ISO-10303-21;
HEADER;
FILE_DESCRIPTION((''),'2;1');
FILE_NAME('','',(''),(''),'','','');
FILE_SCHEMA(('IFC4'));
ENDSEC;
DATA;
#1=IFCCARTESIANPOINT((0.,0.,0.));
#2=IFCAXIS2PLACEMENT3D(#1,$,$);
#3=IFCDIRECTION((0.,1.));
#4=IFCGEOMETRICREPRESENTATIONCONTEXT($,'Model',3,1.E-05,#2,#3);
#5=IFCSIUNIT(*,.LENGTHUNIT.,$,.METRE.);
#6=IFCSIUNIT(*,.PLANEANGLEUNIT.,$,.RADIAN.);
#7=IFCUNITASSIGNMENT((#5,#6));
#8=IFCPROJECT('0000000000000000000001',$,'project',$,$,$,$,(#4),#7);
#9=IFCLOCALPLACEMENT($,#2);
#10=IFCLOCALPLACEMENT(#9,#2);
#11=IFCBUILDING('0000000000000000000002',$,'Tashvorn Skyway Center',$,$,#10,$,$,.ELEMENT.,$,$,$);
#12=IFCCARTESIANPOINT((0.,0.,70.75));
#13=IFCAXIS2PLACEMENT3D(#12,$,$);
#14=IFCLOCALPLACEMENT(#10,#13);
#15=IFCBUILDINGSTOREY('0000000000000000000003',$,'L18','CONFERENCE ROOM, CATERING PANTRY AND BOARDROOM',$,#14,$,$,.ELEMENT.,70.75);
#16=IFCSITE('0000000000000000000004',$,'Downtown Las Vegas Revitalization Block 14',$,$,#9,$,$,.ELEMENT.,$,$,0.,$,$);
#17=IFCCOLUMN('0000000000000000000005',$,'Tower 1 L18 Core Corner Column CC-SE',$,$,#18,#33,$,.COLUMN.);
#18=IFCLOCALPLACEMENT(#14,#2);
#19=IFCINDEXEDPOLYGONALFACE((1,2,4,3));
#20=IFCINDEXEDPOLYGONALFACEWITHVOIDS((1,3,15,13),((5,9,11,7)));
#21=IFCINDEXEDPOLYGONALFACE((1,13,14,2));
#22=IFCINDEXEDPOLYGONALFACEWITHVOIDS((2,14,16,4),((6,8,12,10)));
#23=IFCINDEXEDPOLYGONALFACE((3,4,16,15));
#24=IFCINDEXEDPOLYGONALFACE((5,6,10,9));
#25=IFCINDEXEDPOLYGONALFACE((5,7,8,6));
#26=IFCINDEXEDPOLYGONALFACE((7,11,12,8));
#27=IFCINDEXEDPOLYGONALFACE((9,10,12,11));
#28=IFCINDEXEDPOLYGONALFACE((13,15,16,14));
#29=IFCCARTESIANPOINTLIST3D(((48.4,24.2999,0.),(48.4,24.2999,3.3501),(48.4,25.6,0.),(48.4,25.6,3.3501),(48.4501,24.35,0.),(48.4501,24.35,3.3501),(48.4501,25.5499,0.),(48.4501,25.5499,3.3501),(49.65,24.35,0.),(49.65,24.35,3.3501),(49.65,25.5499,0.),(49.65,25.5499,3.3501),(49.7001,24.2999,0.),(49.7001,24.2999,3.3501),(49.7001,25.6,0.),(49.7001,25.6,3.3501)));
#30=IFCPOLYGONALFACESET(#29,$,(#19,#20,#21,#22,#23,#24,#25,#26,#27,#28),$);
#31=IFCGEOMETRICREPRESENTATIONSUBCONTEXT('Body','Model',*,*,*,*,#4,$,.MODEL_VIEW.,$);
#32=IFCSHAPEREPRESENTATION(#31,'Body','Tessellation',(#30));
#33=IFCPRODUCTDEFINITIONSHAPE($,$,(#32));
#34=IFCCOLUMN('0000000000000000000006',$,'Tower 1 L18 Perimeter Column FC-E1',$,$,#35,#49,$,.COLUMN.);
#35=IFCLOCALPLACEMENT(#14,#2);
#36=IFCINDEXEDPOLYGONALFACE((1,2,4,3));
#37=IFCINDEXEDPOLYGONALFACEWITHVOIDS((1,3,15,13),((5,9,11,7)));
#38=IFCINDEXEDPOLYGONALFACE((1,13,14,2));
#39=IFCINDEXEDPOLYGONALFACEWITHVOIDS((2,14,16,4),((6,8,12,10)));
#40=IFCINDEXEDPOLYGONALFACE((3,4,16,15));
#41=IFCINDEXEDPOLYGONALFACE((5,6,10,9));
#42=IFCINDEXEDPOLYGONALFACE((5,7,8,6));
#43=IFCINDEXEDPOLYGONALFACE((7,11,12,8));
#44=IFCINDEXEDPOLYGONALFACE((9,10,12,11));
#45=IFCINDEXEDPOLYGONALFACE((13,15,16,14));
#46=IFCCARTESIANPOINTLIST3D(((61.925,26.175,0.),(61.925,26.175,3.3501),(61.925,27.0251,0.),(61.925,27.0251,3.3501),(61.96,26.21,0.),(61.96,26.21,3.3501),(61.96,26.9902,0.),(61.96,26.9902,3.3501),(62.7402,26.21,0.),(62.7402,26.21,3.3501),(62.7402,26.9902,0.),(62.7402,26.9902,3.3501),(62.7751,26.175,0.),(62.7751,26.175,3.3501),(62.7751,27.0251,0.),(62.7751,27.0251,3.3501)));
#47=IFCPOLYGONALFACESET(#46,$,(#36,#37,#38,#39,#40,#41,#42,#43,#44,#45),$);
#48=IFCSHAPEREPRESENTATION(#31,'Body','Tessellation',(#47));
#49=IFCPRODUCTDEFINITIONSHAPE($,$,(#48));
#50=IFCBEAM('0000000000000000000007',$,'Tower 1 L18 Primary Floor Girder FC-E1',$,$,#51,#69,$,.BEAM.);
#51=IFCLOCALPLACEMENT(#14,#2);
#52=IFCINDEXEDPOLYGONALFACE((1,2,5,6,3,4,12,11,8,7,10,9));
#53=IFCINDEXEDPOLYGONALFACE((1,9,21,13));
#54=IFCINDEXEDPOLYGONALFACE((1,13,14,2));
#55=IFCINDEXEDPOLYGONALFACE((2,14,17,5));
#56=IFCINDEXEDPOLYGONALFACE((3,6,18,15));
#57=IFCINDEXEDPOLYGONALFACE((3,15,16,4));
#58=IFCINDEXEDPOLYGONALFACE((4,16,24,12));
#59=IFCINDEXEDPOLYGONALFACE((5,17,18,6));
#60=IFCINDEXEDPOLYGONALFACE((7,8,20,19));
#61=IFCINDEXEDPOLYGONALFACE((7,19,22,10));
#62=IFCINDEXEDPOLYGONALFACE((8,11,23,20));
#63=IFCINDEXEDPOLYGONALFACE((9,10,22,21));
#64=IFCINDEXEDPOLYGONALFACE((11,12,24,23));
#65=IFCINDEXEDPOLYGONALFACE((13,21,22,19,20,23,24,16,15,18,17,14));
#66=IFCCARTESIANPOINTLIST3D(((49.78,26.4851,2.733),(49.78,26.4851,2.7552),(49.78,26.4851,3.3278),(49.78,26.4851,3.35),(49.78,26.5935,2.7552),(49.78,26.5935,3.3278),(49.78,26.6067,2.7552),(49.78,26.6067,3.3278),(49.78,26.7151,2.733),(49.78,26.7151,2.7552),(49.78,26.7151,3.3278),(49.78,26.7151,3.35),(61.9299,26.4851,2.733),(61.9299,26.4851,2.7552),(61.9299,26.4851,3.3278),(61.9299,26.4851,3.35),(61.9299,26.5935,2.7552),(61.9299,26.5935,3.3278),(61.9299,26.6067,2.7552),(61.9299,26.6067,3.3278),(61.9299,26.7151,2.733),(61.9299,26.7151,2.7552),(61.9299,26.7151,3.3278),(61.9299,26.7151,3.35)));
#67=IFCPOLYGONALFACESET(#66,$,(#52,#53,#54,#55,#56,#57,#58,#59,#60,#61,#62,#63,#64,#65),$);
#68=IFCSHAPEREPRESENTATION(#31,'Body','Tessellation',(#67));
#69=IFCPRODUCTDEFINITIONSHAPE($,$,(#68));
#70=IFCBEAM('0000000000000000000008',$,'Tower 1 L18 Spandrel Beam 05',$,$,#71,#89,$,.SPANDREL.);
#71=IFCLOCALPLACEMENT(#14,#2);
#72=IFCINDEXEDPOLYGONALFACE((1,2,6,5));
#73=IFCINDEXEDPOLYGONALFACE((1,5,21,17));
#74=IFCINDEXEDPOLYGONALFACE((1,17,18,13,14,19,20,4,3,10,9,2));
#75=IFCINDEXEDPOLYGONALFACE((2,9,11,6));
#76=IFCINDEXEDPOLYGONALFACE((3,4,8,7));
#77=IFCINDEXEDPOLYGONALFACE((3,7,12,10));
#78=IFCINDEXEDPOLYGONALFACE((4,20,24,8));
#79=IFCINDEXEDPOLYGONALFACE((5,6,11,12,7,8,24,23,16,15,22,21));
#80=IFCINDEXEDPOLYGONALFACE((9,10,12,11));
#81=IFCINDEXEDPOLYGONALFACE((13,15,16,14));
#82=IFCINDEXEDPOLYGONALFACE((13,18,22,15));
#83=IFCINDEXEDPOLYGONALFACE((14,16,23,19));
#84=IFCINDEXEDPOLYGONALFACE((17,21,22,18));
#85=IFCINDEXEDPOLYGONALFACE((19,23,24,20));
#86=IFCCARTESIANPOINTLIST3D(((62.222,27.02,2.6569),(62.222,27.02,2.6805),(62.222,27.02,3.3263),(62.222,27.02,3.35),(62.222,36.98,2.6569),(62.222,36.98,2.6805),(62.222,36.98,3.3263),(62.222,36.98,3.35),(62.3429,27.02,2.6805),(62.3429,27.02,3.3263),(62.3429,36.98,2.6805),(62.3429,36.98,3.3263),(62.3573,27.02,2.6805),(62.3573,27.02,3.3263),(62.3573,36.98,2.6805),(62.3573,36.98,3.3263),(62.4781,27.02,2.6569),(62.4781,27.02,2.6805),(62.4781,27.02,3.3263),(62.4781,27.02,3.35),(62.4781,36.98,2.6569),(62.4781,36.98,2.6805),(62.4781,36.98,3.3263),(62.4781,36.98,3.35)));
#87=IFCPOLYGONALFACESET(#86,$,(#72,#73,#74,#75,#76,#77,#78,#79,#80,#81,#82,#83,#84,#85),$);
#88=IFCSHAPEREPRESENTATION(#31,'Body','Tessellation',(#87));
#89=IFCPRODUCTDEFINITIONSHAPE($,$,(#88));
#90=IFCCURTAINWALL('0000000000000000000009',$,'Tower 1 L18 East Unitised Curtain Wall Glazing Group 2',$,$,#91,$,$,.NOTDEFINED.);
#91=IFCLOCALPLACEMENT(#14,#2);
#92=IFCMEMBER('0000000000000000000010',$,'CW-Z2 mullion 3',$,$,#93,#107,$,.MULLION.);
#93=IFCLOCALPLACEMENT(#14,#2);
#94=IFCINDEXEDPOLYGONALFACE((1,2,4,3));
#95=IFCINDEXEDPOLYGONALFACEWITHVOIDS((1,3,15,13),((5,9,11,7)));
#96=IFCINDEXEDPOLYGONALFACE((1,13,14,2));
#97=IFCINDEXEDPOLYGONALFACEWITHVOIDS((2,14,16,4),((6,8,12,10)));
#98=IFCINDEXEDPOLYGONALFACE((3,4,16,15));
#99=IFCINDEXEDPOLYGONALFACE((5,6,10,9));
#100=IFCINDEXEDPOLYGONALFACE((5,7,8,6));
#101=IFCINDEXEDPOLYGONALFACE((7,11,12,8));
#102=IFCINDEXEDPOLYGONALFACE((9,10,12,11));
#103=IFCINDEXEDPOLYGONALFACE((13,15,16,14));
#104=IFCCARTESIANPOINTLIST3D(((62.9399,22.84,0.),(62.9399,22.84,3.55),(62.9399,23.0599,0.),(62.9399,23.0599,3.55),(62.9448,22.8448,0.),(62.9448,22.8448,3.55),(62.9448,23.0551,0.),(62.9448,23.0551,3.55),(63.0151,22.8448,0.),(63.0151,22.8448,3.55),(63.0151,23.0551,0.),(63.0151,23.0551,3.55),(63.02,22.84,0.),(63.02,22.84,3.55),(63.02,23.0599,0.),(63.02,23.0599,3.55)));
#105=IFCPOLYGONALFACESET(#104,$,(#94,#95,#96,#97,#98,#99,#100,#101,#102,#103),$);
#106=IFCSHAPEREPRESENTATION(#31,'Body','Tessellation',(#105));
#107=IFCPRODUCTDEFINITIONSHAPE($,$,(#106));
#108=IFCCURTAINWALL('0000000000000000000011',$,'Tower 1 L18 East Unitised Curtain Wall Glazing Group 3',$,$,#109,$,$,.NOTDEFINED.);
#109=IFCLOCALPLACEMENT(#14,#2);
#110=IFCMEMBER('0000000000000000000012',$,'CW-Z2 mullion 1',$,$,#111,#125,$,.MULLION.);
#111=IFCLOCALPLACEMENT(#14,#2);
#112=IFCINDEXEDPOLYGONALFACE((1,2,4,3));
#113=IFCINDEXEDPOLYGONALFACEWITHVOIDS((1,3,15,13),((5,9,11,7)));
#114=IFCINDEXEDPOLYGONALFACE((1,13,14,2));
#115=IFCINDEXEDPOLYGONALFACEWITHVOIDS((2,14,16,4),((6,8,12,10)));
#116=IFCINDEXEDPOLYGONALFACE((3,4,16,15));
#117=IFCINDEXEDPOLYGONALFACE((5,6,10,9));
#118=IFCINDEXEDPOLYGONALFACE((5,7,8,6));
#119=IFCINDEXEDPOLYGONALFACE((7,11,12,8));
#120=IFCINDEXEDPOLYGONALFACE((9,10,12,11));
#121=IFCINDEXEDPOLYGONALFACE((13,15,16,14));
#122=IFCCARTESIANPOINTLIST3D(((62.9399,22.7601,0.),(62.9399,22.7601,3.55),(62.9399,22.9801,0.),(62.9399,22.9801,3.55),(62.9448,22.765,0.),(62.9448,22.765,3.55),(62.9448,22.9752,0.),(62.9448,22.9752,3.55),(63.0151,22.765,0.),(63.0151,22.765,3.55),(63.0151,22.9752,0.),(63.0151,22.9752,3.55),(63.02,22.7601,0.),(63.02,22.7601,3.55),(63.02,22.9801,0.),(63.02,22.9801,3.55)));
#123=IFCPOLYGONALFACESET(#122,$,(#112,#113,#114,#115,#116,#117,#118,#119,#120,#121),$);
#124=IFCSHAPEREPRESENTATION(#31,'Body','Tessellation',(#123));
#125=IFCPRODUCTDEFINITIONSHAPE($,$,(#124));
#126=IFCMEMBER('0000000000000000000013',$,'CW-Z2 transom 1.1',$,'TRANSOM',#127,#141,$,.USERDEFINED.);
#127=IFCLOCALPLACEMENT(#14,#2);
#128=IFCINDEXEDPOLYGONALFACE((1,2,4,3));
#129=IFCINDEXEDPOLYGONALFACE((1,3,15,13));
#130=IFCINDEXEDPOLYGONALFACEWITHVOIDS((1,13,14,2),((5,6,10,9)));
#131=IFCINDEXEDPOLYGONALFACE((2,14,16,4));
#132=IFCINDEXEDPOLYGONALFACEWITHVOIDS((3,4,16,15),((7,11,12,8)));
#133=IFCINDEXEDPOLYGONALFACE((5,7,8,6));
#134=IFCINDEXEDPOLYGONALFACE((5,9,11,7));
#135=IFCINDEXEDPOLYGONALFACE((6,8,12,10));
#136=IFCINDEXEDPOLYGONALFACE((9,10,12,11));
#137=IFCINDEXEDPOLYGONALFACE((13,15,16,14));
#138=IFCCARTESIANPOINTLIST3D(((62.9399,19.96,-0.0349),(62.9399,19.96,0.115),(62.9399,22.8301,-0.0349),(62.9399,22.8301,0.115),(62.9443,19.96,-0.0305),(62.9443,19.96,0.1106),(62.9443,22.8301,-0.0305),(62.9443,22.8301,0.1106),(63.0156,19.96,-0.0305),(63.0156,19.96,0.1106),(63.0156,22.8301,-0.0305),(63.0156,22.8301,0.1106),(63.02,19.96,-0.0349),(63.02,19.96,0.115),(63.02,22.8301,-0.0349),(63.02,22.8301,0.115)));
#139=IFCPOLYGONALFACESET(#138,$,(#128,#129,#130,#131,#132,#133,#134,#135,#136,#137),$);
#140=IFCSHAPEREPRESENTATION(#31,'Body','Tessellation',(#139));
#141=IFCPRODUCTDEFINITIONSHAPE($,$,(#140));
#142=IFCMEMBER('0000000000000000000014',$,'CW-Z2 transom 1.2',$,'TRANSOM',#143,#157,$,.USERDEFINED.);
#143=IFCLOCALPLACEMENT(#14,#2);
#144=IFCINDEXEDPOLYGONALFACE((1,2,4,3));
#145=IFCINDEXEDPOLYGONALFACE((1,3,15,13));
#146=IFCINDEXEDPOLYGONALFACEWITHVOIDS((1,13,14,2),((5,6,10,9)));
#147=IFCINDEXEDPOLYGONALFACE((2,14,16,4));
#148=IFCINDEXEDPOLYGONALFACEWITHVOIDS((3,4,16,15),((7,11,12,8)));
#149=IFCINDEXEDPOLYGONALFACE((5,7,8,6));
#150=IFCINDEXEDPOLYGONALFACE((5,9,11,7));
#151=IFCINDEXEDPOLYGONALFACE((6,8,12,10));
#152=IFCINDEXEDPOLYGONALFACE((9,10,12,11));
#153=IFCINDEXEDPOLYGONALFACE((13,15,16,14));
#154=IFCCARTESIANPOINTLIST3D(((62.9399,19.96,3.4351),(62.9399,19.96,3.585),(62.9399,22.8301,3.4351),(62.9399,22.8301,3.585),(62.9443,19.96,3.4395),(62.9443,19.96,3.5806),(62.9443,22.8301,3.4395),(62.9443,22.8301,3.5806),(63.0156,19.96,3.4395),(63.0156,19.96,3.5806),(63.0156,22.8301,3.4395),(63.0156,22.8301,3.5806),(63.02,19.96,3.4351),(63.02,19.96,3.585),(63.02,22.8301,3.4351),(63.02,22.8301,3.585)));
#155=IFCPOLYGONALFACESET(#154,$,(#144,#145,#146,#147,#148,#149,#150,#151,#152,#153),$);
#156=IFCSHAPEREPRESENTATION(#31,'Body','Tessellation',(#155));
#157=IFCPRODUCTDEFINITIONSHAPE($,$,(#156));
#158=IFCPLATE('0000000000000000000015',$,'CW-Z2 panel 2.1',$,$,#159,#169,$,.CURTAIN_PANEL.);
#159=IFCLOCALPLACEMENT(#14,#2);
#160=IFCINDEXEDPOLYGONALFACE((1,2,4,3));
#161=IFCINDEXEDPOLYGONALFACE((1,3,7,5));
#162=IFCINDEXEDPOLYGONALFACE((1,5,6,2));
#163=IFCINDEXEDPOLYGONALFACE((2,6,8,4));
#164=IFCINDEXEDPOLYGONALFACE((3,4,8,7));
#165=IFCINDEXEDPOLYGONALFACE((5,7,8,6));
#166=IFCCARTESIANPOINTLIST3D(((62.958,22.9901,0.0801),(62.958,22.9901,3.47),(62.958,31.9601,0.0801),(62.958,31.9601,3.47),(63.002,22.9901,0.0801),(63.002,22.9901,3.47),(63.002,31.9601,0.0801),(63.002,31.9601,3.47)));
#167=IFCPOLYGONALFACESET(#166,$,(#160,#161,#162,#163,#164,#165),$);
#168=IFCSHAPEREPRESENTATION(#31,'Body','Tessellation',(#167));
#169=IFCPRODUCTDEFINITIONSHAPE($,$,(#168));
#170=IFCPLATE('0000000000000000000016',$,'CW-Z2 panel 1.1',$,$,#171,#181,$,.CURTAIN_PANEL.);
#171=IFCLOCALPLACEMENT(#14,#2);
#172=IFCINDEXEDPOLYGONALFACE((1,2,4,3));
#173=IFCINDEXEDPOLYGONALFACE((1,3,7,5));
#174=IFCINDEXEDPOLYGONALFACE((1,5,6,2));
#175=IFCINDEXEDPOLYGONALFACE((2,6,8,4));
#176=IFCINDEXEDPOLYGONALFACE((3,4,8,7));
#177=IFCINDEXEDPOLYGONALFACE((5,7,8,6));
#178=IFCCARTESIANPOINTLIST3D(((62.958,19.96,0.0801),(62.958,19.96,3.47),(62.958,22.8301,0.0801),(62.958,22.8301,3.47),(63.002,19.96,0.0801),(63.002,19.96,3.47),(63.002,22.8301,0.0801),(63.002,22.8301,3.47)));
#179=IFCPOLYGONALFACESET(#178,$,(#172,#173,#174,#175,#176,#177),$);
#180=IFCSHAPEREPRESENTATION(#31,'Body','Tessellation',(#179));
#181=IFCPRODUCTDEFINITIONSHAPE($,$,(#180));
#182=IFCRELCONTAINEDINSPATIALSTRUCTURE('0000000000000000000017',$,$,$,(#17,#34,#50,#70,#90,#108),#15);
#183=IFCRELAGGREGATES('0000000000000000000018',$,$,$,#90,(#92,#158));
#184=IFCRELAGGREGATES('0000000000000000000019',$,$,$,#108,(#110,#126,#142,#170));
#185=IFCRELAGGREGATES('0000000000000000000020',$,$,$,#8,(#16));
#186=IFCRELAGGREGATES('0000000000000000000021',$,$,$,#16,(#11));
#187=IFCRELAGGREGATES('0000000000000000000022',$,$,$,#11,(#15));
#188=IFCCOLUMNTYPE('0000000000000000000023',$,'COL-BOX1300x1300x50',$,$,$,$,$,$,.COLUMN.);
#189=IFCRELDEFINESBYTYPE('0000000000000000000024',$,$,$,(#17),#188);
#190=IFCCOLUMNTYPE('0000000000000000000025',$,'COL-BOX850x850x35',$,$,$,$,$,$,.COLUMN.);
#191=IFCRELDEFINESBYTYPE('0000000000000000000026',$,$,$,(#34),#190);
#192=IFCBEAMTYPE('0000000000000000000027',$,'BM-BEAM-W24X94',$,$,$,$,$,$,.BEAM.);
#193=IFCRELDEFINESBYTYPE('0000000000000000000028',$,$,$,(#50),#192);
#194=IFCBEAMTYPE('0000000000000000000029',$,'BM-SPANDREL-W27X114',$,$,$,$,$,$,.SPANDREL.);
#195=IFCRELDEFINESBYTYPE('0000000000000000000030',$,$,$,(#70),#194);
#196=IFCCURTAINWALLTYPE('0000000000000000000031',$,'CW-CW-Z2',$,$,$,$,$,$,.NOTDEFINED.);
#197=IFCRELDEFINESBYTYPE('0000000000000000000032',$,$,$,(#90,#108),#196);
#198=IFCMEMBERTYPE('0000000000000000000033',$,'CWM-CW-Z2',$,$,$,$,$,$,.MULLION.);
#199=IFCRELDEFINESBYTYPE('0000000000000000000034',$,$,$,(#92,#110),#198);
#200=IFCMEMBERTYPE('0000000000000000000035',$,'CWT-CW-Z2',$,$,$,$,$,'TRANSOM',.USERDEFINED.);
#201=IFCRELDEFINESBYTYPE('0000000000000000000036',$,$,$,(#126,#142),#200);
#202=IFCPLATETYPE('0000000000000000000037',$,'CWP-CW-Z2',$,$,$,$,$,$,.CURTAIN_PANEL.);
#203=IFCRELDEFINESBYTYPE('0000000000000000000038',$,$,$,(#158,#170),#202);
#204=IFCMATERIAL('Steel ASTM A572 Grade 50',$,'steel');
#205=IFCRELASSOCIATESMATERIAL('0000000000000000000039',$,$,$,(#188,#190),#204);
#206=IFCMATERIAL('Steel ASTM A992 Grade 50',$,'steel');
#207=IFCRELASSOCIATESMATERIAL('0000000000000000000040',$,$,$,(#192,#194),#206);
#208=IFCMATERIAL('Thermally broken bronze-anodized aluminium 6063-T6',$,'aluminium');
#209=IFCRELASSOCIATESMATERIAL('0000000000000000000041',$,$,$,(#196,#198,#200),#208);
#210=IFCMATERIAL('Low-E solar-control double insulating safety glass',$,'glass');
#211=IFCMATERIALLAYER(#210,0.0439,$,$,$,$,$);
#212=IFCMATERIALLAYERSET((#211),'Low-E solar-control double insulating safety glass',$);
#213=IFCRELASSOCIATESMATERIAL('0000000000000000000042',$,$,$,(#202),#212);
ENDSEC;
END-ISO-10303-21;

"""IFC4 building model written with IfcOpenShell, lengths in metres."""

from ifc_helpers import new_model, si_unit, direction, frame, origin, origin_2d, place, context, subcontext, project, spatial, rectangle, hollow_rectangle, i_section, extrude, material, layer, layer_set, material_profile, profile_set, type_object, element, aggregate, save


model = new_model("IFC4")

# Units and contexts
model_context = context("Model", 3, precision=1e-05, world=origin(), true_north=direction((0.0, 1.0)))
body_context = subcontext(model_context, "Body", "Model", "MODEL_VIEW")
ifc_project = project(units=[si_unit("LENGTHUNIT", "METRE"), si_unit("PLANEANGLEUNIT", "RADIAN")], contexts=[model_context])

# Site, building, storey
site_placement = place(None, origin())
site = spatial("IfcSite", under=ifc_project, at=site_placement, Name="Downtown Las Vegas Revitalization Block 14", CompositionType="ELEMENT", RefElevation=0.0)
building_placement = place(site_placement, origin())
building = spatial("IfcBuilding", under=site, at=building_placement, Name="Tashvorn Skyway Center", CompositionType="ELEMENT")
storey_placement = place(building_placement, frame((0.0, 0.0, 70.75)))
storey = spatial("IfcBuildingStorey", under=building, at=storey_placement, Name="L18", Description="CONFERENCE ROOM, CATERING PANTRY AND BOARDROOM", CompositionType="ELEMENT", Elevation=70.75)

# Columns
ifc_material_1 = material(Name="Steel ASTM A572 Grade 50", Category="steel")
ifc_material_profile_1 = material_profile(ifc_material_1, hollow_rectangle(XDim=1.3, YDim=1.3, WallThickness=0.05, at=origin_2d()), Name="BOX1300x1300x50")
ifc_profile_set_1 = profile_set([ifc_material_profile_1], Name="Steel ASTM A572 Grade 50")
column_type_1 = type_object("IfcColumnType", Name="COL-BOX1300x1300x50", PredefinedType="COLUMN", material=ifc_profile_set_1)
column_1_placement = place(storey_placement, frame((49.05, 24.95, 0.0), z_axis=(0.0, 0.0, 1.0), x_axis=(1.0, 0.0, 0.0)))
element("IfcColumn", 1, at=column_1_placement, inside=storey, type_object=column_type_1, Name="Tower 1 L18 Core Corner Column CC-SE", PredefinedType="COLUMN", context=body_context, shape_type="SweptSolid", body=[
    extrude(hollow_rectangle(XDim=1.3, YDim=1.3, WallThickness=0.05, at=origin_2d()), origin(), (0.0, 0.0, 1.0), 3.3501),
])
ifc_material_profile_2 = material_profile(ifc_material_1, hollow_rectangle(XDim=0.8501, YDim=0.8501, WallThickness=0.0349, at=origin_2d()), Name="BOX850x850x35")
ifc_profile_set_2 = profile_set([ifc_material_profile_2], Name="Steel ASTM A572 Grade 50")
column_type_2 = type_object("IfcColumnType", Name="COL-BOX850x850x35", PredefinedType="COLUMN", material=ifc_profile_set_2)
column_2_placement = place(storey_placement, frame((62.3501, 26.6001, 0.0), z_axis=(0.0, 0.0, 1.0), x_axis=(1.0, 0.0, 0.0)))
element("IfcColumn", 2, at=column_2_placement, inside=storey, type_object=column_type_2, Name="Tower 1 L18 Perimeter Column FC-E1", PredefinedType="COLUMN", context=body_context, shape_type="SweptSolid", body=[
    extrude(hollow_rectangle(XDim=0.8501, YDim=0.8501, WallThickness=0.0349, at=origin_2d()), origin(), (0.0, 0.0, 1.0), 3.3501),
])

# Beams
ifc_material_2 = material(Name="Steel ASTM A992 Grade 50", Category="steel")
ifc_material_profile_3 = material_profile(ifc_material_2, i_section(OverallWidth=0.23, OverallDepth=0.6169, WebThickness=0.0132, FlangeThickness=0.0222, at=origin_2d()), Name="W24X94")
ifc_profile_set_3 = profile_set([ifc_material_profile_3], Name="Steel ASTM A992 Grade 50")
beam_type_1 = type_object("IfcBeamType", Name="BM-BEAM-W24X94", PredefinedType="BEAM", material=ifc_profile_set_3)
beam_1_placement = place(storey_placement, frame((61.9299, 26.6001, 3.0415), z_axis=(-1.0, 0.0, 0.0), x_axis=(0.0, -1.0, 0.0)))
element("IfcBeam", 3, at=beam_1_placement, inside=storey, type_object=beam_type_1, Name="Tower 1 L18 Primary Floor Girder FC-E1", PredefinedType="BEAM", context=body_context, shape_type="SweptSolid", body=[
    extrude(i_section(OverallWidth=0.23, OverallDepth=0.6169, WebThickness=0.0132, FlangeThickness=0.0222, at=origin_2d()), origin(), (0.0, 0.0, 1.0), 12.1499),
])
ifc_material_profile_4 = material_profile(ifc_material_2, i_section(OverallWidth=0.2561, OverallDepth=0.6931, WebThickness=0.0144, FlangeThickness=0.0237, at=origin_2d()), Name="W27X114")
ifc_profile_set_4 = profile_set([ifc_material_profile_4], Name="Steel ASTM A992 Grade 50")
beam_type_2 = type_object("IfcBeamType", Name="BM-SPANDREL-W27X114", PredefinedType="SPANDREL", material=ifc_profile_set_4)
beam_2_placement = place(storey_placement, frame((62.3501, 27.02, 3.0034), z_axis=(0.0, 1.0, 0.0), x_axis=(-1.0, 0.0, 0.0)))
element("IfcBeam", 4, at=beam_2_placement, inside=storey, type_object=beam_type_2, Name="Tower 1 L18 Spandrel Beam 05", PredefinedType="SPANDREL", context=body_context, shape_type="SweptSolid", body=[
    extrude(i_section(OverallWidth=0.2561, OverallDepth=0.6931, WebThickness=0.0144, FlangeThickness=0.0237, at=origin_2d()), origin(), (0.0, 0.0, 1.0), 9.96),
])

# Curtain wall, member
ifc_material_3 = material(Name="Thermally broken bronze-anodized aluminium 6063-T6", Category="aluminium")
curtain_wall_type = type_object("IfcCurtainWallType", Name="CW-CW-Z2", PredefinedType="NOTDEFINED", material=ifc_material_3)
curtain_wall_1_placement = place(storey_placement, origin())
curtain_wall_1 = element("IfcCurtainWall", 5, at=curtain_wall_1_placement, inside=storey, type_object=curtain_wall_type, Name="Tower 1 L18 East Unitised Curtain Wall Glazing Group 2", PredefinedType="NOTDEFINED")
ifc_material_profile_5 = material_profile(ifc_material_3, hollow_rectangle(XDim=0.0801, YDim=0.22, WallThickness=0.0049, at=origin_2d()), Name="ALU-MULL-80x220")
ifc_profile_set_5 = profile_set([ifc_material_profile_5], Name="Thermally broken bronze-anodized aluminium 6063-T6")
member_type_1 = type_object("IfcMemberType", Name="CWM-CW-Z2", PredefinedType="MULLION", material=ifc_profile_set_5)
member_1_placement = place(storey_placement, frame((62.98, 22.95, 0.0), z_axis=(0.0, 0.0, 1.0), x_axis=(1.0, 0.0, 0.0)))
member_1 = element("IfcMember", 6, at=member_1_placement, type_object=member_type_1, Name="CW-Z2 mullion 3", PredefinedType="MULLION", context=body_context, shape_type="SweptSolid", body=[
    extrude(hollow_rectangle(XDim=0.0801, YDim=0.22, WallThickness=0.0049, at=origin_2d()), origin(), (0.0, 0.0, 1.0), 3.55),
])

# Curtain wall, members
curtain_wall_2_placement = place(storey_placement, origin())
curtain_wall_2 = element("IfcCurtainWall", 7, at=curtain_wall_2_placement, inside=storey, type_object=curtain_wall_type, Name="Tower 1 L18 East Unitised Curtain Wall Glazing Group 3", PredefinedType="NOTDEFINED")
member_2_placement = place(storey_placement, frame((62.98, 22.8701, 0.0), z_axis=(0.0, 0.0, 1.0), x_axis=(1.0, 0.0, 0.0)))
member_2 = element("IfcMember", 8, at=member_2_placement, type_object=member_type_1, Name="CW-Z2 mullion 1", PredefinedType="MULLION", context=body_context, shape_type="SweptSolid", body=[
    extrude(hollow_rectangle(XDim=0.0801, YDim=0.22, WallThickness=0.0049, at=origin_2d()), origin(), (0.0, 0.0, 1.0), 3.55),
])
ifc_material_profile_6 = material_profile(ifc_material_3, hollow_rectangle(XDim=0.0801, YDim=0.1499, WallThickness=0.0044, at=origin_2d()), Name="ALU-TRAN-80x150")
ifc_profile_set_6 = profile_set([ifc_material_profile_6], Name="Thermally broken bronze-anodized aluminium 6063-T6")
member_type_2 = type_object("IfcMemberType", Name="CWT-CW-Z2", ElementType="TRANSOM", PredefinedType="USERDEFINED", material=ifc_profile_set_6)
member_3_placement = place(storey_placement, frame((62.98, 22.8301, 0.04), z_axis=(0.0, -1.0, 0.0), x_axis=(1.0, 0.0, 0.0)))
member_3 = element("IfcMember", 9, at=member_3_placement, type_object=member_type_2, Name="CW-Z2 transom 1.1", ObjectType="TRANSOM", PredefinedType="USERDEFINED", context=body_context, shape_type="SweptSolid", body=[
    extrude(hollow_rectangle(XDim=0.0801, YDim=0.1499, WallThickness=0.0044, at=origin_2d()), origin(), (0.0, 0.0, 1.0), 2.8701),
])
member_4_placement = place(storey_placement, frame((62.98, 22.8301, 3.51), z_axis=(0.0, -1.0, 0.0), x_axis=(1.0, 0.0, 0.0)))
member_4 = element("IfcMember", 10, at=member_4_placement, type_object=member_type_2, Name="CW-Z2 transom 1.2", ObjectType="TRANSOM", PredefinedType="USERDEFINED", context=body_context, shape_type="SweptSolid", body=[
    extrude(hollow_rectangle(XDim=0.0801, YDim=0.1499, WallThickness=0.0044, at=origin_2d()), origin(), (0.0, 0.0, 1.0), 2.8701),
])

# Plates
ifc_material_4 = material(Name="Low-E solar-control double insulating safety glass", Category="glass")
ifc_layer_1 = layer(ifc_material_4, 0.0439)
ifc_layer_set_1 = layer_set([ifc_layer_1], Name="Low-E solar-control double insulating safety glass")
plate_type = type_object("IfcPlateType", Name="CWP-CW-Z2", PredefinedType="CURTAIN_PANEL", material=ifc_layer_set_1)
plate_1_placement = place(storey_placement, frame((62.98, 27.4751, 0.0801), z_axis=(0.0, 0.0, 1.0), x_axis=(0.0, -1.0, 0.0)))
plate_1 = element("IfcPlate", 11, at=plate_1_placement, type_object=plate_type, Name="CW-Z2 panel 2.1", PredefinedType="CURTAIN_PANEL", context=body_context, shape_type="SweptSolid", body=[
    extrude(rectangle(XDim=8.97, YDim=0.0439, at=origin_2d()), origin(), (0.0, 0.0, 1.0), 3.3899),
])
aggregate(curtain_wall_1, [member_1, plate_1])
plate_2_placement = place(storey_placement, frame((62.98, 21.395, 0.0801), z_axis=(0.0, 0.0, 1.0), x_axis=(0.0, -1.0, 0.0)))
plate_2 = element("IfcPlate", 12, at=plate_2_placement, type_object=plate_type, Name="CW-Z2 panel 1.1", PredefinedType="CURTAIN_PANEL", context=body_context, shape_type="SweptSolid", body=[
    extrude(rectangle(XDim=2.8701, YDim=0.0439, at=origin_2d()), origin(), (0.0, 0.0, 1.0), 3.3899),
])
aggregate(curtain_wall_2, [member_2, member_3, member_4, plate_2])

save(model, "model.ifc")
